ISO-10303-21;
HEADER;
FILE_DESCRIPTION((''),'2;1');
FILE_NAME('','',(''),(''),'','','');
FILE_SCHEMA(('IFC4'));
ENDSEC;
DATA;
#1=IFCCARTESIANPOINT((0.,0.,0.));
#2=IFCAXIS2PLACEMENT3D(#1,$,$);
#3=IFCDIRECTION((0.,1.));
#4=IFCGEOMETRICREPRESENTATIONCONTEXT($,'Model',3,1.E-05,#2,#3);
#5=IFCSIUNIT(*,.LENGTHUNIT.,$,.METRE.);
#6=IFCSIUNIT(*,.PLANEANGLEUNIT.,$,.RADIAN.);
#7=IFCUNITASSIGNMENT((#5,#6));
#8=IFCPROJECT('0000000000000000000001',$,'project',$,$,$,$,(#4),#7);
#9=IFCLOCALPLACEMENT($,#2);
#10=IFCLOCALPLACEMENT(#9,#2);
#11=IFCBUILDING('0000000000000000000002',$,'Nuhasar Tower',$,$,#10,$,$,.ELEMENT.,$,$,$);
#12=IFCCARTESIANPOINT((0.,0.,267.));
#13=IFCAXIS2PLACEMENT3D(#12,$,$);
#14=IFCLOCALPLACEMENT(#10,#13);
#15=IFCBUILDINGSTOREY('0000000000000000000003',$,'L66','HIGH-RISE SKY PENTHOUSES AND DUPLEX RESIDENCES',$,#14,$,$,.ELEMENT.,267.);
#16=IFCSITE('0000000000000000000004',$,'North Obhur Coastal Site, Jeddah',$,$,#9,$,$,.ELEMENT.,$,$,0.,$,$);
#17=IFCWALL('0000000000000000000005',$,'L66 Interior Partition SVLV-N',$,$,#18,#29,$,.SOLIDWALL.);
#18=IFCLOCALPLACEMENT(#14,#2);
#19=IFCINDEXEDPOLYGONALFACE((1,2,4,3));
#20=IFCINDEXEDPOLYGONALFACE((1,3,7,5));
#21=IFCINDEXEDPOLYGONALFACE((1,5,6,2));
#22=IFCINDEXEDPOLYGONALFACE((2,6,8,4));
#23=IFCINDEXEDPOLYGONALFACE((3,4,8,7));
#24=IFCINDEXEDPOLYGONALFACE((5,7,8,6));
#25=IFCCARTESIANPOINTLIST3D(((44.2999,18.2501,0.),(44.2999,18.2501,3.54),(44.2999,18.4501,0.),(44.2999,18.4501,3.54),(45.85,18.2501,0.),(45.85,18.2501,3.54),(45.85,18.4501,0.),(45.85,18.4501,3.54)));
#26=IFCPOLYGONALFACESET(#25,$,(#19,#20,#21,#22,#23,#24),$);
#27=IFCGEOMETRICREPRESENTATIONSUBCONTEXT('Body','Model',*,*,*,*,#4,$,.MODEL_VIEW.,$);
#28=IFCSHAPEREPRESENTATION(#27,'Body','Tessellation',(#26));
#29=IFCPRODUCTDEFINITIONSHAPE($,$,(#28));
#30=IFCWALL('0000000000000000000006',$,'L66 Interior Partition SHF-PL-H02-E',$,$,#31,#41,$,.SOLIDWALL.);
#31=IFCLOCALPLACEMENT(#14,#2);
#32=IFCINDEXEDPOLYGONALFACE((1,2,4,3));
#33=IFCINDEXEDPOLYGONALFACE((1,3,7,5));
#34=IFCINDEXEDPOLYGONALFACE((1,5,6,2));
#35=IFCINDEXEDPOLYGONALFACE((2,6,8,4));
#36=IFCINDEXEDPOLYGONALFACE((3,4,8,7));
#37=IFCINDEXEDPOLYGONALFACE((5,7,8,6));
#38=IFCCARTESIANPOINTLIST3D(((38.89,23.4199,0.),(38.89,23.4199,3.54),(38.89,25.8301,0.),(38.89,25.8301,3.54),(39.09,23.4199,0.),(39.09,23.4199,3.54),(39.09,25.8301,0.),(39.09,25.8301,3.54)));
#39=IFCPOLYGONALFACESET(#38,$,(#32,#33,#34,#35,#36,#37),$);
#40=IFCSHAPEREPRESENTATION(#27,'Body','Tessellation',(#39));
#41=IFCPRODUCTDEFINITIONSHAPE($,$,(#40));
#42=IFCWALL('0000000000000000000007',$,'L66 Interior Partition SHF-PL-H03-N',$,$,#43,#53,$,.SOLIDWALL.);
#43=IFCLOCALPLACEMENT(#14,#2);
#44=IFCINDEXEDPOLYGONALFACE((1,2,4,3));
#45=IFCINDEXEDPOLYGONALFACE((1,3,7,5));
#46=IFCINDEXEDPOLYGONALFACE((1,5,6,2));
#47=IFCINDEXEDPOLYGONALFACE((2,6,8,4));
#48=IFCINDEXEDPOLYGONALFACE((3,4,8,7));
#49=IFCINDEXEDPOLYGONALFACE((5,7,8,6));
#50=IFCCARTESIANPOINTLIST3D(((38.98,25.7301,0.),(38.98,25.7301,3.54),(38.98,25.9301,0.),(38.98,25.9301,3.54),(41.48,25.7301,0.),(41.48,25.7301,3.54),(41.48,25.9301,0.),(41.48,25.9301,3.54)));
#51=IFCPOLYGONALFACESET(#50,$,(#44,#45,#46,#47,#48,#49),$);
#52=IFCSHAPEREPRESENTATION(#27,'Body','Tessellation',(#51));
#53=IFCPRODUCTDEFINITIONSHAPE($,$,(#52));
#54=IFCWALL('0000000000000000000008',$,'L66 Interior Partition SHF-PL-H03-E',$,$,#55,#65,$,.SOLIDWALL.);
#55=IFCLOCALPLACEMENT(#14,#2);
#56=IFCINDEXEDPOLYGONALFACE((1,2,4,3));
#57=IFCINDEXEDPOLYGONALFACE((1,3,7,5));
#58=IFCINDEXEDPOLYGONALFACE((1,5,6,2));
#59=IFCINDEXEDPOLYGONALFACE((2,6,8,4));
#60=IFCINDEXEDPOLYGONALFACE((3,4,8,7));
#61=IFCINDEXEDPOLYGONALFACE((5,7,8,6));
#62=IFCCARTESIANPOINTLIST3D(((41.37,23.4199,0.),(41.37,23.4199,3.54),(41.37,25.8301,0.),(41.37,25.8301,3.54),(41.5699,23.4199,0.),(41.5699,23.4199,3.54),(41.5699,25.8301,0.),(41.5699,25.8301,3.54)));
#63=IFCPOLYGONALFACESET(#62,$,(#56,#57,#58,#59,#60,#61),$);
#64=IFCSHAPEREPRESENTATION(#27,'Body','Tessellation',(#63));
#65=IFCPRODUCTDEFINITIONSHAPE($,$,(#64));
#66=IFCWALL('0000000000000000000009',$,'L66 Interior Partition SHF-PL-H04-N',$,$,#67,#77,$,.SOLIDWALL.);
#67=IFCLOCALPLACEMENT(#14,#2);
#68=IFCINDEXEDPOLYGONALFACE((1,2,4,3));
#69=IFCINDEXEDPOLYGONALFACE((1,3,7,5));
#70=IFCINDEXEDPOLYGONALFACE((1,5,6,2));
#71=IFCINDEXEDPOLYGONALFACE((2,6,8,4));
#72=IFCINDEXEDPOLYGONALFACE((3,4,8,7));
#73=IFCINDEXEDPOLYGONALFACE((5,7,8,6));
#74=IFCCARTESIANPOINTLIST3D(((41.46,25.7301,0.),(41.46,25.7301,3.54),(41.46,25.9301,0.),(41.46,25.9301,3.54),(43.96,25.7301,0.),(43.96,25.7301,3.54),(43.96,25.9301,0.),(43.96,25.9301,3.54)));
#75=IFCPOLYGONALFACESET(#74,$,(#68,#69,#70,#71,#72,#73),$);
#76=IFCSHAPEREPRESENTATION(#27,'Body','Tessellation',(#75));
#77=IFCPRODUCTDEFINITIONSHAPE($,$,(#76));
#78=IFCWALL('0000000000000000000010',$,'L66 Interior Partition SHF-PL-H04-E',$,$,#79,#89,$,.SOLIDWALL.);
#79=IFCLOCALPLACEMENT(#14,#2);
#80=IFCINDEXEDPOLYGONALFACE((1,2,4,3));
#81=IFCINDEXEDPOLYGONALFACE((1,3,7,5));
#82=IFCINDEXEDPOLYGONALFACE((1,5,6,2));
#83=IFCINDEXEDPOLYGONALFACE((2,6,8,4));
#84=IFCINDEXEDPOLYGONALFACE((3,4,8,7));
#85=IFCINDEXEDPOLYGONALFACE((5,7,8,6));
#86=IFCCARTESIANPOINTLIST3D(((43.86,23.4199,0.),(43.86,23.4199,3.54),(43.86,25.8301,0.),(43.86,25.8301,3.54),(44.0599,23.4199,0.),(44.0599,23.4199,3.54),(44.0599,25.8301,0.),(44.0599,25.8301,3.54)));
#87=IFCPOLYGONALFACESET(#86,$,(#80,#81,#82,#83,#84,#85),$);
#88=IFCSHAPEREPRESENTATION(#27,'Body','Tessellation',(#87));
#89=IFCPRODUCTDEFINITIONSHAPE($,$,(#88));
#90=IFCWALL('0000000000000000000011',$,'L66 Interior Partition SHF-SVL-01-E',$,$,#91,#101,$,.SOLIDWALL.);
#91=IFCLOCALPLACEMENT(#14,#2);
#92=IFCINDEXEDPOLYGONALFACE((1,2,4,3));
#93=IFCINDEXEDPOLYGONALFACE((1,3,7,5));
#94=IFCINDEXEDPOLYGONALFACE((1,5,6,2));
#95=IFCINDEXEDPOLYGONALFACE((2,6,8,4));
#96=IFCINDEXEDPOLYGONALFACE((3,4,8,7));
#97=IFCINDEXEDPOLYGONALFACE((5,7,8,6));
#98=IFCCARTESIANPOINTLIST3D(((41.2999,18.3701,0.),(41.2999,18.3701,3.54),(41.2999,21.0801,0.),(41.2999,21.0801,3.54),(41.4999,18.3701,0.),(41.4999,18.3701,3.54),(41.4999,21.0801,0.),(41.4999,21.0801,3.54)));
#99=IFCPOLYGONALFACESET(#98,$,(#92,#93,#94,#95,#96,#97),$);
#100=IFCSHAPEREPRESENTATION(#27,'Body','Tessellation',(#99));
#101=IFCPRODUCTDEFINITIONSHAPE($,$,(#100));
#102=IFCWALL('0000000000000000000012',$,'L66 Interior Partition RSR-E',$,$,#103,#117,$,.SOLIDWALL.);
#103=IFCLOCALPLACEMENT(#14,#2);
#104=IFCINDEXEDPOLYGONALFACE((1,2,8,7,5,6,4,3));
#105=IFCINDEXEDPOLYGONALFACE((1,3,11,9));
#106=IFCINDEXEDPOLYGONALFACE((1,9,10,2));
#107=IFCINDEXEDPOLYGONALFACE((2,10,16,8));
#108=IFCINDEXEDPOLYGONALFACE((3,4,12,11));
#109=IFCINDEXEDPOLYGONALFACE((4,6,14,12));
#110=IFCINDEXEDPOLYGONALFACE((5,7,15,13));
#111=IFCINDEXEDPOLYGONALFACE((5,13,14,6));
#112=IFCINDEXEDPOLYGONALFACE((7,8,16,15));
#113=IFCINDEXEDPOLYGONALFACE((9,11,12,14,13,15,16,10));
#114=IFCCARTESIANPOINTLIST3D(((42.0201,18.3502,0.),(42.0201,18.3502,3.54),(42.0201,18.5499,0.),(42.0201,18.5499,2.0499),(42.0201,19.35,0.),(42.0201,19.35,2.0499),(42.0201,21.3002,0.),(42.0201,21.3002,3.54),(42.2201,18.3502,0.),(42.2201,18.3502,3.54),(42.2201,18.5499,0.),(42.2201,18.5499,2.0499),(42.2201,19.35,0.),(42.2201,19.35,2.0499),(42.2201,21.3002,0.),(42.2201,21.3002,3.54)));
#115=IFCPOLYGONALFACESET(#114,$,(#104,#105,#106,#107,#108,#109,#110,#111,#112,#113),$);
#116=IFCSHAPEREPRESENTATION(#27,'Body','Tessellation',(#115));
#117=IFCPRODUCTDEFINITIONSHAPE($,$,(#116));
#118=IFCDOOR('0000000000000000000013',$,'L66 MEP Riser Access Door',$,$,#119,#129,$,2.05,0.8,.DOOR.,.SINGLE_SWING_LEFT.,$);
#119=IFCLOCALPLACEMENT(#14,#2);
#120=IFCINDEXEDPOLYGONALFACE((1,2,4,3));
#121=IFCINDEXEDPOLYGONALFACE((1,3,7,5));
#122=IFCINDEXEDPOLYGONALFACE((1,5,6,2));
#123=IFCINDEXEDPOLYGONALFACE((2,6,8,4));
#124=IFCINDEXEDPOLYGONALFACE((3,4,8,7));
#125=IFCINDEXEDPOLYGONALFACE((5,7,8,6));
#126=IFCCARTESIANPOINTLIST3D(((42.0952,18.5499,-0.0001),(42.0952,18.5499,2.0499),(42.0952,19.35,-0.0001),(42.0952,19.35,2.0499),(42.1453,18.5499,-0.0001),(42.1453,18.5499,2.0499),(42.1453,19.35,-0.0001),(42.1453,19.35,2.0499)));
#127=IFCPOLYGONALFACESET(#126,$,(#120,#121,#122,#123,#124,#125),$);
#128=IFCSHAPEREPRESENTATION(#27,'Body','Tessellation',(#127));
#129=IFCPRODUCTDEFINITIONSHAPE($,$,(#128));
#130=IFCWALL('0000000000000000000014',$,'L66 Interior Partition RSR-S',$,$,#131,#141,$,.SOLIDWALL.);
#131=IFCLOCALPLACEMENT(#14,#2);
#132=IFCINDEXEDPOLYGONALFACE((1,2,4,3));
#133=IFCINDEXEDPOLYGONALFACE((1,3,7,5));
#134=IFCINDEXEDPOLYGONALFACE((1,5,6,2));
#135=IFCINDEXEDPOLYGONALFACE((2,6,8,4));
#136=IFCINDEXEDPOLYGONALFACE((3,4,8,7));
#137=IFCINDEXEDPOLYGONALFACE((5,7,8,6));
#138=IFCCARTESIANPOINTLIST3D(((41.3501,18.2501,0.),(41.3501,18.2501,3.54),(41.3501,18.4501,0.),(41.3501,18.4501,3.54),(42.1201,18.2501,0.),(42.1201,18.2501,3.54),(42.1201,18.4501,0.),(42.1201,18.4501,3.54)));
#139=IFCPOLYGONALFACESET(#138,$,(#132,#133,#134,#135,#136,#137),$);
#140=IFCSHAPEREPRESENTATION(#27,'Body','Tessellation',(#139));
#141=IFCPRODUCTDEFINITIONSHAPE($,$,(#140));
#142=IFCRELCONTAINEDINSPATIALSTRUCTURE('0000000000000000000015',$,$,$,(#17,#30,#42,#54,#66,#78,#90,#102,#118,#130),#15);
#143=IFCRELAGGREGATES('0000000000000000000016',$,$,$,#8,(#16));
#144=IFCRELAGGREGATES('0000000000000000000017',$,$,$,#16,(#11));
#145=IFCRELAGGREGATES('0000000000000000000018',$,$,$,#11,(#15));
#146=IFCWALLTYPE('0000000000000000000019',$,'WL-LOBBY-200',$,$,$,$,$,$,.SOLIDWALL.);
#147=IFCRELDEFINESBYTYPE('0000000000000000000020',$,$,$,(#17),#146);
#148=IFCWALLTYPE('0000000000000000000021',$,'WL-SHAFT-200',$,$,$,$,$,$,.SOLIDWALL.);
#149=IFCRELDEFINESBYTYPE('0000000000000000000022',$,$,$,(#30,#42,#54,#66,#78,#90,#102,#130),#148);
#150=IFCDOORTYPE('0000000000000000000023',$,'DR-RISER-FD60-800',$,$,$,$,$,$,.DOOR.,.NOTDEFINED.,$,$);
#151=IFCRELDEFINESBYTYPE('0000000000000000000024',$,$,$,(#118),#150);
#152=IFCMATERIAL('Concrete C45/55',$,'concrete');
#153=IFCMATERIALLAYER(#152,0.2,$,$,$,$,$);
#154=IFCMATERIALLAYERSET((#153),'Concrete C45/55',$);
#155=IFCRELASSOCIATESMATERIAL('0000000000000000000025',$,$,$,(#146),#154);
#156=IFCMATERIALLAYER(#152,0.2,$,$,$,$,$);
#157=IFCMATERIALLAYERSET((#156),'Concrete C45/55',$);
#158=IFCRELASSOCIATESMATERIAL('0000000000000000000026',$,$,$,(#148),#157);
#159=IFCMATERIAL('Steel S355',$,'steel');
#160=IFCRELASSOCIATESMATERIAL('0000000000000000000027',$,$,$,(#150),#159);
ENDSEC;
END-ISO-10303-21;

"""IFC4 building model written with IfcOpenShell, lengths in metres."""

from ifc_helpers import new_model, si_unit, direction, frame, frame_2d, origin, place, context, subcontext, project, spatial, rectangle, extrude, material, layer, layer_set, type_object, element, fill, save


model = new_model("IFC4")

# Units and contexts
model_context = context("Model", 3, precision=1e-05, world=origin(), true_north=direction((0.0, 1.0)))
body_context = subcontext(model_context, "Body", "Model", "MODEL_VIEW")
ifc_project = project(units=[si_unit("LENGTHUNIT", "METRE"), si_unit("PLANEANGLEUNIT", "RADIAN")], contexts=[model_context])

# Site, building, storey
site_placement = place(None, origin())
site = spatial("IfcSite", under=ifc_project, at=site_placement, Name="North Obhur Coastal Site, Jeddah", CompositionType="ELEMENT", RefElevation=0.0)
building_placement = place(site_placement, origin())
building = spatial("IfcBuilding", under=site, at=building_placement, Name="Nuhasar Tower", CompositionType="ELEMENT")
storey_placement = place(building_placement, frame((0.0, 0.0, 267.0)))
storey = spatial("IfcBuildingStorey", under=building, at=storey_placement, Name="L66", Description="HIGH-RISE SKY PENTHOUSES AND DUPLEX RESIDENCES", CompositionType="ELEMENT", Elevation=267.0)

# Shared definitions
ifc_material_1 = material(Name="Steel S355", Category="steel")

# Shared definitions
ifc_material_2 = material(Name="Concrete C45/55", Category="concrete")
ifc_layer_1 = layer(ifc_material_2, 0.2)
ifc_layer_set_1 = layer_set([ifc_layer_1], Name="Concrete C45/55")
wall_type_1 = type_object("IfcWallType", Name="WL-LOBBY-200", PredefinedType="SOLIDWALL", material=ifc_layer_set_1)

# Walls
wall_1_placement = place(storey_placement, frame((44.3, 18.3501, 0.0), z_axis=(0.0, 0.0, 1.0), x_axis=(1.0, 0.0, 0.0)))
element("IfcWall", 1, at=wall_1_placement, inside=storey, type_object=wall_type_1, Name="L66 Interior Partition SVLV-N", PredefinedType="SOLIDWALL", context=body_context, shape_type="SweptSolid", body=[
    extrude(rectangle(XDim=1.55, YDim=0.2, at=frame_2d((0.7749, 0.0))), origin(), (0.0, 0.0, 1.0), 3.54),
])
ifc_layer_2 = layer(ifc_material_2, 0.2)
ifc_layer_set_2 = layer_set([ifc_layer_2], Name="Concrete C45/55")
wall_type_2 = type_object("IfcWallType", Name="WL-SHAFT-200", PredefinedType="SOLIDWALL", material=ifc_layer_set_2)
wall_2_placement = place(storey_placement, frame((38.99, 23.4199, 0.0), z_axis=(0.0, 0.0, 1.0), x_axis=(0.0, 1.0, 0.0)))
element("IfcWall", 2, at=wall_2_placement, inside=storey, type_object=wall_type_2, Name="L66 Interior Partition SHF-PL-H02-E", PredefinedType="SOLIDWALL", context=body_context, shape_type="SweptSolid", body=[
    extrude(rectangle(XDim=2.4102, YDim=0.2, at=frame_2d((1.2051, 0.0))), origin(), (0.0, 0.0, 1.0), 3.54),
])

# Walls
wall_3_placement = place(storey_placement, frame((38.98, 25.8301, 0.0), z_axis=(0.0, 0.0, 1.0), x_axis=(1.0, 0.0, 0.0)))
element("IfcWall", 3, at=wall_3_placement, inside=storey, type_object=wall_type_2, Name="L66 Interior Partition SHF-PL-H03-N", PredefinedType="SOLIDWALL", context=body_context, shape_type="SweptSolid", body=[
    extrude(rectangle(XDim=2.5, YDim=0.2, at=frame_2d((1.25, 0.0))), origin(), (0.0, 0.0, 1.0), 3.54),
])
wall_4_placement = place(storey_placement, frame((41.47, 23.4199, 0.0), z_axis=(0.0, 0.0, 1.0), x_axis=(0.0, 1.0, 0.0)))
element("IfcWall", 4, at=wall_4_placement, inside=storey, type_object=wall_type_2, Name="L66 Interior Partition SHF-PL-H03-E", PredefinedType="SOLIDWALL", context=body_context, shape_type="SweptSolid", body=[
    extrude(rectangle(XDim=2.4102, YDim=0.2, at=frame_2d((1.2051, 0.0))), origin(), (0.0, 0.0, 1.0), 3.54),
])

# Walls
wall_5_placement = place(storey_placement, frame((41.46, 25.8301, 0.0), z_axis=(0.0, 0.0, 1.0), x_axis=(1.0, 0.0, 0.0)))
element("IfcWall", 5, at=wall_5_placement, inside=storey, type_object=wall_type_2, Name="L66 Interior Partition SHF-PL-H04-N", PredefinedType="SOLIDWALL", context=body_context, shape_type="SweptSolid", body=[
    extrude(rectangle(XDim=2.5, YDim=0.2, at=frame_2d((1.25, 0.0))), origin(), (0.0, 0.0, 1.0), 3.54),
])
wall_6_placement = place(storey_placement, frame((43.96, 23.4199, 0.0), z_axis=(0.0, 0.0, 1.0), x_axis=(0.0, 1.0, 0.0)))
element("IfcWall", 6, at=wall_6_placement, inside=storey, type_object=wall_type_2, Name="L66 Interior Partition SHF-PL-H04-E", PredefinedType="SOLIDWALL", context=body_context, shape_type="SweptSolid", body=[
    extrude(rectangle(XDim=2.4102, YDim=0.2, at=frame_2d((1.2051, 0.0))), origin(), (0.0, 0.0, 1.0), 3.54),
])
wall_7_placement = place(storey_placement, frame((41.3999, 18.3701, 0.0), z_axis=(0.0, 0.0, 1.0), x_axis=(0.0, 1.0, 0.0)))
element("IfcWall", 7, at=wall_7_placement, inside=storey, type_object=wall_type_2, Name="L66 Interior Partition SHF-SVL-01-E", PredefinedType="SOLIDWALL", context=body_context, shape_type="SweptSolid", body=[
    extrude(rectangle(XDim=2.71, YDim=0.2, at=frame_2d((1.355, 0.0))), origin(), (0.0, 0.0, 1.0), 3.54),
])

# Wall, opening, door
wall_8_placement = place(storey_placement, frame((42.1201, 18.3501, 0.0), z_axis=(0.0, 0.0, 1.0), x_axis=(0.0, 1.0, 0.0)))
wall_8 = element("IfcWall", 8, at=wall_8_placement, inside=storey, type_object=wall_type_2, Name="L66 Interior Partition RSR-E", PredefinedType="SOLIDWALL", context=body_context, shape_type="SweptSolid", body=[
    extrude(rectangle(XDim=2.95, YDim=0.2, at=frame_2d((1.4751, 0.0))), origin(), (0.0, 0.0, 1.0), 3.54),
])
opening_1_placement = place(wall_8_placement, frame((0.2, 0.0, 0.0)))
opening_1 = element("IfcOpeningElement", 9, at=opening_1_placement, cuts=wall_8, PredefinedType="OPENING", context=body_context, shape_type="SweptSolid", body=[
    extrude(rectangle(XDim=0.8, YDim=2.05, at=frame_2d((0.3999, 1.0249))), frame((0.0, 0.1099, 0.0), z_axis=(0.0, -1.0, 0.0), x_axis=(1.0, 0.0, 0.0)), (0.0, 0.0, 1.0), 0.22),
])
door_type_1 = type_object("IfcDoorType", Name="DR-RISER-FD60-800", OperationType="NOTDEFINED", PredefinedType="DOOR", material=ifc_material_1)
door_1_placement = place(opening_1_placement, origin())
door_1 = element("IfcDoor", 10, at=door_1_placement, inside=storey, type_object=door_type_1, Name="L66 MEP Riser Access Door", OperationType="SINGLE_SWING_LEFT", OverallHeight=2.05, OverallWidth=0.8, PredefinedType="DOOR", context=body_context, shape_type="SweptSolid", body=[
    extrude(rectangle(XDim=0.8, YDim=2.05, at=frame_2d((0.3999, 1.0249))), frame((0.0, 0.0249, 0.0), z_axis=(0.0, -1.0, 0.0), x_axis=(1.0, 0.0, 0.0)), (0.0, 0.0, 1.0), 0.05),
])
fill(opening_1, door_1)

# Wall
wall_9_placement = place(storey_placement, frame((41.3501, 18.3501, 0.0), z_axis=(0.0, 0.0, 1.0), x_axis=(1.0, 0.0, 0.0)))
element("IfcWall", 11, at=wall_9_placement, inside=storey, type_object=wall_type_2, Name="L66 Interior Partition RSR-S", PredefinedType="SOLIDWALL", context=body_context, shape_type="SweptSolid", body=[
    extrude(rectangle(XDim=0.77, YDim=0.2, at=frame_2d((0.385, 0.0))), origin(), (0.0, 0.0, 1.0), 3.54),
])

save(model, "model.ifc")
